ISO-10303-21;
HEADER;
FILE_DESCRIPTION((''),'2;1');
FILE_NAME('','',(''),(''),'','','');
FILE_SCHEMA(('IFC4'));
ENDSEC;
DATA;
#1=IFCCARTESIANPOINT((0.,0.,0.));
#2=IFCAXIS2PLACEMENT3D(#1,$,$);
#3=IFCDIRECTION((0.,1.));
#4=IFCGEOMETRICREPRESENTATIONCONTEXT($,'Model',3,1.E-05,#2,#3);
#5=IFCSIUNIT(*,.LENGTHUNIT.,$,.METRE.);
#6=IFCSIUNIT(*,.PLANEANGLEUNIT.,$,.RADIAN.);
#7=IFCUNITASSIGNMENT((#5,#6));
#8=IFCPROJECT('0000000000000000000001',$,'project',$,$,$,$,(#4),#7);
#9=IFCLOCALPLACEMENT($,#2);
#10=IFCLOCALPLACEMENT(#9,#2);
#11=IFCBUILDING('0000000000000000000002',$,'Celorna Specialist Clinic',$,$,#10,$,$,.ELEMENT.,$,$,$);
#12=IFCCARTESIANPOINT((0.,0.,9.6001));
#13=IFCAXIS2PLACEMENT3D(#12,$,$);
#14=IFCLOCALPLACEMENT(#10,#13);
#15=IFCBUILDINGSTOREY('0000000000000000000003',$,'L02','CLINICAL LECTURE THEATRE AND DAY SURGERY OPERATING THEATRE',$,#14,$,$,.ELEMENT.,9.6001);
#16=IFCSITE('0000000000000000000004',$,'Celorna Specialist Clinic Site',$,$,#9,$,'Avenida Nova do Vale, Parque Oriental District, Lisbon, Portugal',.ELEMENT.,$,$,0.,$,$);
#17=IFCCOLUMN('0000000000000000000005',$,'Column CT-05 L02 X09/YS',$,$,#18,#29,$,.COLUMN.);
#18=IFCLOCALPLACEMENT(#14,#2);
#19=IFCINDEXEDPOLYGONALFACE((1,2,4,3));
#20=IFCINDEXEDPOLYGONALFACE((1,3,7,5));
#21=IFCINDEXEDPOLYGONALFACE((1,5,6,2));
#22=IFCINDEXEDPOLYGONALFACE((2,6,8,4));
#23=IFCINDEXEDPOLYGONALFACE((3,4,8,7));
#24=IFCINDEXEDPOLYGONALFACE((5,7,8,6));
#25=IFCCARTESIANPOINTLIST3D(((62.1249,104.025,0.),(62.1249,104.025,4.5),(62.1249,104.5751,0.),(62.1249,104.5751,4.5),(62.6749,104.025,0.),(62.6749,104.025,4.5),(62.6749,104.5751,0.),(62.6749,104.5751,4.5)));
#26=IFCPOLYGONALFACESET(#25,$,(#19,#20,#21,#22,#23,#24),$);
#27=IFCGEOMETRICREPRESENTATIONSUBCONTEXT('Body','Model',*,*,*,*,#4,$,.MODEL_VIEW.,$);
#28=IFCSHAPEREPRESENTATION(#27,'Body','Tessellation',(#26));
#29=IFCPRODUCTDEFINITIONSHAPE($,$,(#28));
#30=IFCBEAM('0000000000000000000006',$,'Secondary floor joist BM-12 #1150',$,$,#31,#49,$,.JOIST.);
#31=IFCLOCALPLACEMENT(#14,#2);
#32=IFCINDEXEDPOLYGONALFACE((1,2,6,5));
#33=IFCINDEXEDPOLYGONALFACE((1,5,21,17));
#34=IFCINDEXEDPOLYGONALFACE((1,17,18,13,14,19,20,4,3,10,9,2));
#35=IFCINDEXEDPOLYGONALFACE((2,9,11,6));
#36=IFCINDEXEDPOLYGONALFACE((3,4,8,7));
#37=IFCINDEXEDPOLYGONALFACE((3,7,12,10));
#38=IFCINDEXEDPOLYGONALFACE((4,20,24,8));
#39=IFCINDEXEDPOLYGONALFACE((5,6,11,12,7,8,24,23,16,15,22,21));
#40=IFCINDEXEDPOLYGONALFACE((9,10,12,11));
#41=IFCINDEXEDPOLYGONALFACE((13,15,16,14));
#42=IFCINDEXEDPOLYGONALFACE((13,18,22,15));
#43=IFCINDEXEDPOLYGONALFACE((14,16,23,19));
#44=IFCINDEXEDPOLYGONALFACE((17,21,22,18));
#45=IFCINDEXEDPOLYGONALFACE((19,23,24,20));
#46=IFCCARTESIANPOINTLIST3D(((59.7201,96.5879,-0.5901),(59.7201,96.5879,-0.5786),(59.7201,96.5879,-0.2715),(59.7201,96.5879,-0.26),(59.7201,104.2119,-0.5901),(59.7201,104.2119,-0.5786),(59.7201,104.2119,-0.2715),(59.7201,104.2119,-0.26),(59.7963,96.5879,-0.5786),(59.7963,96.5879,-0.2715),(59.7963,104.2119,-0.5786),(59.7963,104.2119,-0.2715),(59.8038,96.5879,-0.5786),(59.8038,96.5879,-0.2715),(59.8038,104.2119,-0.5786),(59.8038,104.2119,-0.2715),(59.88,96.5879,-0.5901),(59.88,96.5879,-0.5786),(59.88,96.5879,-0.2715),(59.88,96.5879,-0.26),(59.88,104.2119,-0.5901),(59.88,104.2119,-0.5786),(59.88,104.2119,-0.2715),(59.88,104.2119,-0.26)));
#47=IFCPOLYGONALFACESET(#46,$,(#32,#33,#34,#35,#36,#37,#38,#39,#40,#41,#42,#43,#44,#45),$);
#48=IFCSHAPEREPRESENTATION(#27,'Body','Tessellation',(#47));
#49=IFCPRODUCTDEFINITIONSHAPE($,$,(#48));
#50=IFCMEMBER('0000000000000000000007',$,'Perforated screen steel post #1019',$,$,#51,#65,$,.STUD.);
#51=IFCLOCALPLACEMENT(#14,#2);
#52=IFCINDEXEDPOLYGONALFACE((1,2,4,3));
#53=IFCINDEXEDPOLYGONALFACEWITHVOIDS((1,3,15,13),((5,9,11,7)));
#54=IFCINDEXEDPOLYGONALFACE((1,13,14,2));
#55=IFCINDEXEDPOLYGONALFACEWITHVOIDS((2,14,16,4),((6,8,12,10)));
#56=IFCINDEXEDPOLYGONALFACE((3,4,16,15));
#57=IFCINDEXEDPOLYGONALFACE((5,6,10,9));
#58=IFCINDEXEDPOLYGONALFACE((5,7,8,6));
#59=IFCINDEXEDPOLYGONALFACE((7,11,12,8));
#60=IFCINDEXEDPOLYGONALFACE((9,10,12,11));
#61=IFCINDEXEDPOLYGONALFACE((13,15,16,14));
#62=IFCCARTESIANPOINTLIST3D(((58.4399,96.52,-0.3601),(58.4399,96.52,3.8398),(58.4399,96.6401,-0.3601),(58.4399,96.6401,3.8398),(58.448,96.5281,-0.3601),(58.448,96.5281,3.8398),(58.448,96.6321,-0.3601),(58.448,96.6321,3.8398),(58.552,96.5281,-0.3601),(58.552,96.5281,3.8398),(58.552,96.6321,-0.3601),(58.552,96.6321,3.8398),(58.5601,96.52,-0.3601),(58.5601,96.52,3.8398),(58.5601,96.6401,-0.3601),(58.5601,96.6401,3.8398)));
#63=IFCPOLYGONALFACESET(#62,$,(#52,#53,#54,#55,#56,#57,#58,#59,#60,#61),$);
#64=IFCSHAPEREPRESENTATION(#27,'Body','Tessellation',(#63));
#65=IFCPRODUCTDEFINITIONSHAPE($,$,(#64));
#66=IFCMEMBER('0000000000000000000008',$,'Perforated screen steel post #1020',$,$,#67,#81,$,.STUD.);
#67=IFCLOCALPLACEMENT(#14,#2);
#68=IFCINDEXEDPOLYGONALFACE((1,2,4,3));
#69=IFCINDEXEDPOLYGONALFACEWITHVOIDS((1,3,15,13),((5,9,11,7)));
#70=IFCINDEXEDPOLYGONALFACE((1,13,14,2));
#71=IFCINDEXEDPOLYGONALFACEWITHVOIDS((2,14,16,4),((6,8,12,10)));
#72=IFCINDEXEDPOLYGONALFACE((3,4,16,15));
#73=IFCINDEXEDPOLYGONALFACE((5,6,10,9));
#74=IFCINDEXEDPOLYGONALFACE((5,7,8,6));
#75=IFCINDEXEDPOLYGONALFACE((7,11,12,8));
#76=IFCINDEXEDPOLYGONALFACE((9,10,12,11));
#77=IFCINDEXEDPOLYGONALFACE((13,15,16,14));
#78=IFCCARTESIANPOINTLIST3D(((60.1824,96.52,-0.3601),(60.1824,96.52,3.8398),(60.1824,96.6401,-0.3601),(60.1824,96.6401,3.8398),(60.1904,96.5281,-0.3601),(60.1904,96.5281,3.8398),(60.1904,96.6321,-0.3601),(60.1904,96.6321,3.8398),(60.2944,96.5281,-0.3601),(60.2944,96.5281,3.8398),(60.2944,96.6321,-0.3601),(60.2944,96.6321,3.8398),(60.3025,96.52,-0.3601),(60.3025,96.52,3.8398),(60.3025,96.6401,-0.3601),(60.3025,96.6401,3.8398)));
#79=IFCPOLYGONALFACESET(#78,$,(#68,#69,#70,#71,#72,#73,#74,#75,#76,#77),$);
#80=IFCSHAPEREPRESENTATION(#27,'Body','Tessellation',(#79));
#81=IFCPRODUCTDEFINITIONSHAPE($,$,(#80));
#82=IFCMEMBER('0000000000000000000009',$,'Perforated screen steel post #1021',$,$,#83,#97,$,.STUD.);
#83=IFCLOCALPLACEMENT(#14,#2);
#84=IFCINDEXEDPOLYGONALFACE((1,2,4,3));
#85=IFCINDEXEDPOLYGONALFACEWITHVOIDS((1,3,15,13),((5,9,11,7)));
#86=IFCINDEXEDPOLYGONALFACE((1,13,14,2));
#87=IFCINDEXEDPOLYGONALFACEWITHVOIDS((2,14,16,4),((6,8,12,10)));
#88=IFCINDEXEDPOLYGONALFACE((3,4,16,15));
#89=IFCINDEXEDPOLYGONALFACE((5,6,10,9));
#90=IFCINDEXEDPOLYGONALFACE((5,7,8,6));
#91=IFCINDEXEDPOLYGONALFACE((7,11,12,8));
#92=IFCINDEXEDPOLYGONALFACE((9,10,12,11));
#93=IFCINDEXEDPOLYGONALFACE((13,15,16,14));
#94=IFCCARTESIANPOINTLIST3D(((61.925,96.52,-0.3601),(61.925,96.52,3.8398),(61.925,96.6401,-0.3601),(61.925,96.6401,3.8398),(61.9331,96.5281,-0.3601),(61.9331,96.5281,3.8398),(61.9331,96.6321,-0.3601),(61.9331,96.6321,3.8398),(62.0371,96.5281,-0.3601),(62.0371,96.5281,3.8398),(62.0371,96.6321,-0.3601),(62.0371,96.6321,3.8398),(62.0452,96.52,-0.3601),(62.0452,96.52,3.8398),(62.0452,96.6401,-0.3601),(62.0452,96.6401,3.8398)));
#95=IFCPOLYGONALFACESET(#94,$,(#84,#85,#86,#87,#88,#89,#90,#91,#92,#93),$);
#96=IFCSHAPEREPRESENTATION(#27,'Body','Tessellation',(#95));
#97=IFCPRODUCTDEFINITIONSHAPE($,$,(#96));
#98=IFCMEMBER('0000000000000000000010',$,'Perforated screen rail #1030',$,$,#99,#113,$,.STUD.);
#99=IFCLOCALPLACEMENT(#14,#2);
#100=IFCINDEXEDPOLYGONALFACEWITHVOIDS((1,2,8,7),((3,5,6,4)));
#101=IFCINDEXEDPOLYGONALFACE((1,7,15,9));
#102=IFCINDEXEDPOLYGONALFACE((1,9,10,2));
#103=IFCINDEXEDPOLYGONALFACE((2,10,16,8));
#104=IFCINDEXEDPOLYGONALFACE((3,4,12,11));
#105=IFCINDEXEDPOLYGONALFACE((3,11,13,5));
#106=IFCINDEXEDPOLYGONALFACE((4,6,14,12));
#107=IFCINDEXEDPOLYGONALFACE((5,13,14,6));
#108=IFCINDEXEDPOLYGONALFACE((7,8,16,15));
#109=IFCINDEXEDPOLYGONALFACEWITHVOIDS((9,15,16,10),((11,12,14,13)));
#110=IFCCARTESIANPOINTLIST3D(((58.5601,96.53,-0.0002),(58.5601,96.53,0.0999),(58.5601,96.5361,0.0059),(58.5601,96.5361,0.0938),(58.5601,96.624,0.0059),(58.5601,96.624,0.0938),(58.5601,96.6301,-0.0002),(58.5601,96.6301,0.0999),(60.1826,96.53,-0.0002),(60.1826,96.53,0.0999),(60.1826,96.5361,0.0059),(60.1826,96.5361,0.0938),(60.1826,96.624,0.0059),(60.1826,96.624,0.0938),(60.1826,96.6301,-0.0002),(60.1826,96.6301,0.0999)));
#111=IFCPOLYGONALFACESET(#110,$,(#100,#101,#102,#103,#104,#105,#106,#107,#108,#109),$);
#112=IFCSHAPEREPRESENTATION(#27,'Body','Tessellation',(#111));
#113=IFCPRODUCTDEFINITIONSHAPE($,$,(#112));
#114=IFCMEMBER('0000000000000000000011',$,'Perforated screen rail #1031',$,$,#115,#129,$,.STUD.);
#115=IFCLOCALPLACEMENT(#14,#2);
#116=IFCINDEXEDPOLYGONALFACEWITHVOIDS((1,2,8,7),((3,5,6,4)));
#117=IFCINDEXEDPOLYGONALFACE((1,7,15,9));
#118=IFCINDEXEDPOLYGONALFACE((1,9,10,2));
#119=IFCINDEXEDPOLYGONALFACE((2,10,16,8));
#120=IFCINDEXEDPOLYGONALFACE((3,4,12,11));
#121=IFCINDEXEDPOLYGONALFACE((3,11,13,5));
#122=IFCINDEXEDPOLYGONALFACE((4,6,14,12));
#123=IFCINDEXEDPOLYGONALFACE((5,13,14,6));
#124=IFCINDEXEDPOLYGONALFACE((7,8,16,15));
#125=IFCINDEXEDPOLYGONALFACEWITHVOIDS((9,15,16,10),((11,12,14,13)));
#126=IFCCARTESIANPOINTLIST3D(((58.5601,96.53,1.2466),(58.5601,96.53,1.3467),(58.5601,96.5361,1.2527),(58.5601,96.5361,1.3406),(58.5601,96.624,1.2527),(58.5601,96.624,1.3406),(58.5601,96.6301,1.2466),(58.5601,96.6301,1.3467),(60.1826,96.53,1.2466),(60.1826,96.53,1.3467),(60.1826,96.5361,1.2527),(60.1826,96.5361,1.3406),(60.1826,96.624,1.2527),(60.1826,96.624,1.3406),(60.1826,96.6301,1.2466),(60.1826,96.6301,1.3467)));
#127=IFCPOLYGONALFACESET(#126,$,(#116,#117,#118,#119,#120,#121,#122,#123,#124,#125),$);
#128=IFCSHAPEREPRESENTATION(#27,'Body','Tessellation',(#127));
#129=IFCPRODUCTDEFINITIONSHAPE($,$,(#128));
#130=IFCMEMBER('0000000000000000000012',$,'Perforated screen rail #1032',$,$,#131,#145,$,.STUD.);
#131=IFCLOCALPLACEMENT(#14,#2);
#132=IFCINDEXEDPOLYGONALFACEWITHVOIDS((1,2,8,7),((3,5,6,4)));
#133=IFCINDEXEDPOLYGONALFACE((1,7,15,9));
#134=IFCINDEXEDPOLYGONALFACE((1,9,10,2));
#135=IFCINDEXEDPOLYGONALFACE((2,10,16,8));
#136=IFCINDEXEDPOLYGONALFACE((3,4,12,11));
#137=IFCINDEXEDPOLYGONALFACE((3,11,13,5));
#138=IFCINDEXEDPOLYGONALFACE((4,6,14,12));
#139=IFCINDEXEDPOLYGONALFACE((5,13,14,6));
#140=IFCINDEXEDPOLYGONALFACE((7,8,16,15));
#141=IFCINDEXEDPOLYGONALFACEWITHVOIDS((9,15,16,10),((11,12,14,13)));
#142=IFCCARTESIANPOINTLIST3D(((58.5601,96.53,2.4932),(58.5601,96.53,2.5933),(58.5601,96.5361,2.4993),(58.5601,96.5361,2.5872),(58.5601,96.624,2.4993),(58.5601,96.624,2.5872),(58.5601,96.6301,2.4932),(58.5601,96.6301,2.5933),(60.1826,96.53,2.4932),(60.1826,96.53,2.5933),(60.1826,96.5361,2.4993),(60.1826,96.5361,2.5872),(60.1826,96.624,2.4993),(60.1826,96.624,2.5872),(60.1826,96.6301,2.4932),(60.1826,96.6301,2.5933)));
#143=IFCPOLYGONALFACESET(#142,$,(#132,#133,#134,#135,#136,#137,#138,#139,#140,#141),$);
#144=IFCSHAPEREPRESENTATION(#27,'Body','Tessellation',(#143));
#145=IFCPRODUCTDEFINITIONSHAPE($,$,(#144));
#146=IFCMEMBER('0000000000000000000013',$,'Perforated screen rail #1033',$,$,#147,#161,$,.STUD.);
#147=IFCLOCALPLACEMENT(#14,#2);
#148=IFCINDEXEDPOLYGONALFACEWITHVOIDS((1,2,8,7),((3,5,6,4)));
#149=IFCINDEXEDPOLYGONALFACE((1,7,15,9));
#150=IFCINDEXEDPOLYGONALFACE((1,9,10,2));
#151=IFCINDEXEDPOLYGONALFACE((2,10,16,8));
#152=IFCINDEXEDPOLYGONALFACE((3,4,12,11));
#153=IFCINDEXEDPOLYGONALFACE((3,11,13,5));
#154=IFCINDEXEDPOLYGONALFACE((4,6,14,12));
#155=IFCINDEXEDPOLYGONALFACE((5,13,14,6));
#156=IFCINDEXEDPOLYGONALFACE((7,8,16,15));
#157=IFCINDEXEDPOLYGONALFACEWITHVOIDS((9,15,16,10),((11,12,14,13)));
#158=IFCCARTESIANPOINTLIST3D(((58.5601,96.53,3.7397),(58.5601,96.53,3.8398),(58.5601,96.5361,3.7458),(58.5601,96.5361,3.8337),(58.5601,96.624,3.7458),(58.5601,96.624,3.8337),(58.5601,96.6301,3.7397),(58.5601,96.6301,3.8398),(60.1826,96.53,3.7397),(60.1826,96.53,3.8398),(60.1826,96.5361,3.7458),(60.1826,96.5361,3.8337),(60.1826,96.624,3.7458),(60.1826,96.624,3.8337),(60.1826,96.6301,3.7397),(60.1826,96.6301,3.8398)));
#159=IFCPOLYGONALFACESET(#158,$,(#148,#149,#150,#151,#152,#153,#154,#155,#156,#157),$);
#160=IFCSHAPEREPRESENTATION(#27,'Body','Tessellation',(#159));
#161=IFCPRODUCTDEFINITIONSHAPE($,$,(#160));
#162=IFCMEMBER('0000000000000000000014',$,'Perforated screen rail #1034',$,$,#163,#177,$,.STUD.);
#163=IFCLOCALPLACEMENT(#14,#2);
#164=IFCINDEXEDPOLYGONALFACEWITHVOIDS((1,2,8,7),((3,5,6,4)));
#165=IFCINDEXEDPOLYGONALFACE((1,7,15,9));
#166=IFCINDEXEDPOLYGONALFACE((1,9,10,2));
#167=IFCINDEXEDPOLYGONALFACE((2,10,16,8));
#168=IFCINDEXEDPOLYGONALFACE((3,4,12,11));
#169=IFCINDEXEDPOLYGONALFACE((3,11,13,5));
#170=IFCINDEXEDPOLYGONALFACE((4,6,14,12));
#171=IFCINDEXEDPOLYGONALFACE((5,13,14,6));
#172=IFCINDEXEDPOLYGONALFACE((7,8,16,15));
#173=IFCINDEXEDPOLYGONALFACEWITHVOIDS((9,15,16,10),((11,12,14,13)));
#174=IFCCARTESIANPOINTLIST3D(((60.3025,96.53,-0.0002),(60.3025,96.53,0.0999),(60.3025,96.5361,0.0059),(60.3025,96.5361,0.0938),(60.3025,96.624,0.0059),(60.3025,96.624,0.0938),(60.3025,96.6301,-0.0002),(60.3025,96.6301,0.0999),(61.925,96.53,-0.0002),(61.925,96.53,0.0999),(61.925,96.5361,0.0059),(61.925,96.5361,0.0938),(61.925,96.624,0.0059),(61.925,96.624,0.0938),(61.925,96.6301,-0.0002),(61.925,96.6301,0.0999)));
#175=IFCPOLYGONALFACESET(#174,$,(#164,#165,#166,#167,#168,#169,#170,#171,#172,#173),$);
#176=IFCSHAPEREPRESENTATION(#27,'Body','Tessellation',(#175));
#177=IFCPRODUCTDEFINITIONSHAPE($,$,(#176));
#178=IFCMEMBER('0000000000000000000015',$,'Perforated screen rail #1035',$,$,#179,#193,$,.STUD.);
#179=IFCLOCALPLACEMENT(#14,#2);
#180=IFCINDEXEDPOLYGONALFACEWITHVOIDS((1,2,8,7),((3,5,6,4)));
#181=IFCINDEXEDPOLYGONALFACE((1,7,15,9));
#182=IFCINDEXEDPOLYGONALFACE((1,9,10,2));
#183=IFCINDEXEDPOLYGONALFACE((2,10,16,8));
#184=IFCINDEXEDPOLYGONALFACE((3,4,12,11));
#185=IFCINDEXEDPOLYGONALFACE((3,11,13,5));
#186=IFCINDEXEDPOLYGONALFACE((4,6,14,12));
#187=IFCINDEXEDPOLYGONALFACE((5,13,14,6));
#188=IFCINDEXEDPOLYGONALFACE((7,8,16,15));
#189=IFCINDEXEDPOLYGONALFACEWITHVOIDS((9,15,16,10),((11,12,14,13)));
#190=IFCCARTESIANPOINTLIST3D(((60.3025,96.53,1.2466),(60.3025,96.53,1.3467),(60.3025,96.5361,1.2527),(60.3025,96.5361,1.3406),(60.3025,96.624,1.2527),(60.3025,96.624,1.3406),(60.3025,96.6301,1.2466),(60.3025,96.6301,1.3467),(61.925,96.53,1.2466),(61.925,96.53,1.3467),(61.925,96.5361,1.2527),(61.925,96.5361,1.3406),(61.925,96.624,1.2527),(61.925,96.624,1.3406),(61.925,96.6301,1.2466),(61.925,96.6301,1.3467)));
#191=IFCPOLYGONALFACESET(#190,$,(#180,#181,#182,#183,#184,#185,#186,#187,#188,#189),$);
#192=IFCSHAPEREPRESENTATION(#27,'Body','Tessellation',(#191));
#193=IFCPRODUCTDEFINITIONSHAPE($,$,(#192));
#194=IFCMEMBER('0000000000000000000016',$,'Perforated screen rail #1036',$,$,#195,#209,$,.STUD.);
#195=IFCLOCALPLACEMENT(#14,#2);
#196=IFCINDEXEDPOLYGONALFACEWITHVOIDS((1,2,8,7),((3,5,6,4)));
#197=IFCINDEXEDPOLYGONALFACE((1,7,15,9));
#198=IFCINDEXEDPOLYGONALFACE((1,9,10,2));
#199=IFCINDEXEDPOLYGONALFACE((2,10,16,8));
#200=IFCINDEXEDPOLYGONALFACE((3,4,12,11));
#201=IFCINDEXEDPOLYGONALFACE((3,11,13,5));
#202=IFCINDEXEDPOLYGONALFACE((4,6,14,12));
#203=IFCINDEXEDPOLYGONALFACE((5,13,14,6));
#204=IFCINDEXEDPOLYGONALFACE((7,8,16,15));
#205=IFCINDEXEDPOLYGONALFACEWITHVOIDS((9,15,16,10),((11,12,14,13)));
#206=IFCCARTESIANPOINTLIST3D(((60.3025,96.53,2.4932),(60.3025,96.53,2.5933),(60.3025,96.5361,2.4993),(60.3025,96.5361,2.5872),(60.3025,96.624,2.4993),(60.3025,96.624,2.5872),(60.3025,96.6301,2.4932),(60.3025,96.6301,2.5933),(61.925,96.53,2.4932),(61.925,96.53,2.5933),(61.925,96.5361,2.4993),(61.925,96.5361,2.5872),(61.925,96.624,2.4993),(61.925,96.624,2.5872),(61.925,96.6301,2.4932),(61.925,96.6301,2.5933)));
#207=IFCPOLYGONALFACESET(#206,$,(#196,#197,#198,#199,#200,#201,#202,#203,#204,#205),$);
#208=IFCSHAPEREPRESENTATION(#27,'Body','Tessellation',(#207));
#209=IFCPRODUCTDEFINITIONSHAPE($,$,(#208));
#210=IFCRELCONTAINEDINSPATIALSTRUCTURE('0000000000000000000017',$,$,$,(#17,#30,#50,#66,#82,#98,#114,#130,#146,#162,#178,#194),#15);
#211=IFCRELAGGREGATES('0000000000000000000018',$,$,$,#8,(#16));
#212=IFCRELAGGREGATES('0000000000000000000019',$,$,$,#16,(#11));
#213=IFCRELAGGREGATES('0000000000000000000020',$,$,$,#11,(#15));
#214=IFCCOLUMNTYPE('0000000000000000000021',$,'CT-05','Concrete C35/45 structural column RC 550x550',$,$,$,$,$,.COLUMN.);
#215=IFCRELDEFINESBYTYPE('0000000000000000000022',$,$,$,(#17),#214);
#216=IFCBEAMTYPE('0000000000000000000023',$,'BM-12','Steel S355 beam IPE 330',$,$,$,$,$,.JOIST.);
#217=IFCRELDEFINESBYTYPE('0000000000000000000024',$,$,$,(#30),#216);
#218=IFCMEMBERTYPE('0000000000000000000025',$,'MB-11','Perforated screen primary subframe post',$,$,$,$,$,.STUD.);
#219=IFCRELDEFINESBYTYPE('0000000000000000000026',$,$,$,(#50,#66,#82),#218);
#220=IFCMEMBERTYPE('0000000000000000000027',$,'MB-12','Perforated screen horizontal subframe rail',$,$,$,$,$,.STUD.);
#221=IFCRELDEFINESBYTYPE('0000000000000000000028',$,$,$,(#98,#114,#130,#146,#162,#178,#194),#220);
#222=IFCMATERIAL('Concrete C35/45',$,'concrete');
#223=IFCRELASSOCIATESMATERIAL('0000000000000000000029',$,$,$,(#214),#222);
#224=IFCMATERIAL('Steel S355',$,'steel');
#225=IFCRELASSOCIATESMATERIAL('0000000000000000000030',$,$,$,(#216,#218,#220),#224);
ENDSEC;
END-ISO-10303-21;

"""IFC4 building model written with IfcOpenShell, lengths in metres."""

from ifc_helpers import new_model, si_unit, direction, frame, origin, origin_2d, place, context, subcontext, project, spatial, rectangle, hollow_rectangle, i_section, extrude, material, material_profile, profile_set, type_object, element, save


model = new_model("IFC4")

# Units and contexts
model_context = context("Model", 3, precision=1e-05, world=origin(), true_north=direction((0.0, 1.0)))
body_context = subcontext(model_context, "Body", "Model", "MODEL_VIEW")
ifc_project = project(units=[si_unit("LENGTHUNIT", "METRE"), si_unit("PLANEANGLEUNIT", "RADIAN")], contexts=[model_context])

# Site, building, storey
site_placement = place(None, origin())
site = spatial("IfcSite", under=ifc_project, at=site_placement, Name="Celorna Specialist Clinic Site", LongName="Avenida Nova do Vale, Parque Oriental District, Lisbon, Portugal", CompositionType="ELEMENT", RefElevation=0.0)
building_placement = place(site_placement, origin())
building = spatial("IfcBuilding", under=site, at=building_placement, Name="Celorna Specialist Clinic", CompositionType="ELEMENT")
storey_placement = place(building_placement, frame((0.0, 0.0, 9.6001)))
storey = spatial("IfcBuildingStorey", under=building, at=storey_placement, Name="L02", Description="CLINICAL LECTURE THEATRE AND DAY SURGERY OPERATING THEATRE", CompositionType="ELEMENT", Elevation=9.6001)

# Column
ifc_material_1 = material(Name="Concrete C35/45", Category="concrete")
ifc_material_profile_1 = material_profile(ifc_material_1, rectangle(XDim=0.55, YDim=0.55, at=origin_2d()), Name="RC 550x550")
ifc_profile_set_1 = profile_set([ifc_material_profile_1], Name="Concrete C35/45")
column_type = type_object("IfcColumnType", Name="CT-05", Description="Concrete C35/45 structural column RC 550x550", PredefinedType="COLUMN", material=ifc_profile_set_1)
column_placement = place(storey_placement, frame((62.3999, 104.3, 0.0), z_axis=(0.0, 0.0, 1.0), x_axis=(1.0, 0.0, 0.0)))
element("IfcColumn", 1, at=column_placement, inside=storey, type_object=column_type, Name="Column CT-05 L02 X09/YS", PredefinedType="COLUMN", context=body_context, shape_type="SweptSolid", body=[
    extrude(rectangle(XDim=0.55, YDim=0.55, at=origin_2d()), origin(), (0.0, 0.0, 1.0), 4.5),
])

# Beam
ifc_material_2 = material(Name="Steel S355", Category="steel")
ifc_material_profile_2 = material_profile(ifc_material_2, i_section(OverallWidth=0.1599, OverallDepth=0.3301, WebThickness=0.0076, FlangeThickness=0.0115, at=origin_2d()), Name="IPE 330")
ifc_profile_set_2 = profile_set([ifc_material_profile_2], Name="Steel S355")
beam_type = type_object("IfcBeamType", Name="BM-12", Description="Steel S355 beam IPE 330", PredefinedType="JOIST", material=ifc_profile_set_2)
beam_placement = place(storey_placement, frame((59.8, 96.5879, -0.425), z_axis=(0.0, 1.0, 0.0), x_axis=(-1.0, 0.0, 0.0)))
element("IfcBeam", 2, at=beam_placement, inside=storey, type_object=beam_type, Name="Secondary floor joist BM-12 #1150", PredefinedType="JOIST", context=body_context, shape_type="SweptSolid", body=[
    extrude(i_section(OverallWidth=0.1599, OverallDepth=0.3301, WebThickness=0.0076, FlangeThickness=0.0115, at=origin_2d()), origin(), (0.0, 0.0, 1.0), 7.624),
])

# Members
ifc_material_profile_3 = material_profile(ifc_material_2, hollow_rectangle(XDim=0.1201, YDim=0.1201, WallThickness=0.0081, at=origin_2d()), Name="SHS 120x120x8")
ifc_profile_set_3 = profile_set([ifc_material_profile_3], Name="Steel S355")
member_type_1 = type_object("IfcMemberType", Name="MB-11", Description="Perforated screen primary subframe post", PredefinedType="STUD", material=ifc_profile_set_3)
for number, where, z_axis, x_axis, name in (
    (3, (58.5, 96.5801, -0.3601), (0.0, 0.0, 1.0), (1.0, 0.0, 0.0), "Perforated screen steel post #1019"),
    (4, (60.2424, 96.5801, -0.3601), (0.0, 0.0, 1.0), (1.0, 0.0, 0.0), "Perforated screen steel post #1020"),
    (5, (61.9851, 96.5801, -0.3601), (0.0, 0.0, 1.0), (1.0, 0.0, 0.0), "Perforated screen steel post #1021"),
):
    element("IfcMember", number, at=place(storey_placement, frame(where, z_axis=z_axis, x_axis=x_axis)), inside=storey, type_object=member_type_1, Name=name, PredefinedType="STUD", context=body_context, shape_type="SweptSolid", body=[
        extrude(hollow_rectangle(XDim=0.1201, YDim=0.1201, WallThickness=0.0081, at=origin_2d()), origin(), (0.0, 0.0, 1.0), 4.2),
    ])
ifc_material_profile_4 = material_profile(ifc_material_2, hollow_rectangle(XDim=0.1001, YDim=0.1001, WallThickness=0.0061, at=origin_2d()), Name="SHS 100x100x6")
ifc_profile_set_4 = profile_set([ifc_material_profile_4], Name="Steel S355")
member_type_2 = type_object("IfcMemberType", Name="MB-12", Description="Perforated screen horizontal subframe rail", PredefinedType="STUD", material=ifc_profile_set_4)
for number, where, z_axis, x_axis, name in (
    (6, (58.5601, 96.5801, 0.0498), (1.0, 0.0, 0.0), (0.0, 1.0, 0.0), "Perforated screen rail #1030"),
    (7, (58.5601, 96.5801, 1.2966), (1.0, 0.0, 0.0), (0.0, 1.0, 0.0), "Perforated screen rail #1031"),
    (8, (58.5601, 96.5801, 2.5432), (1.0, 0.0, 0.0), (0.0, 1.0, 0.0), "Perforated screen rail #1032"),
    (9, (58.5601, 96.5801, 3.7898), (1.0, 0.0, 0.0), (0.0, 1.0, 0.0), "Perforated screen rail #1033"),
    (10, (60.3025, 96.5801, 0.0498), (1.0, 0.0, 0.0), (0.0, 1.0, 0.0), "Perforated screen rail #1034"),
    (11, (60.3025, 96.5801, 1.2966), (1.0, 0.0, 0.0), (0.0, 1.0, 0.0), "Perforated screen rail #1035"),
    (12, (60.3025, 96.5801, 2.5432), (1.0, 0.0, 0.0), (0.0, 1.0, 0.0), "Perforated screen rail #1036"),
):
    element("IfcMember", number, at=place(storey_placement, frame(where, z_axis=z_axis, x_axis=x_axis)), inside=storey, type_object=member_type_2, Name=name, PredefinedType="STUD", context=body_context, shape_type="SweptSolid", body=[
        extrude(hollow_rectangle(XDim=0.1001, YDim=0.1001, WallThickness=0.0061, at=origin_2d()), origin(), (0.0, 0.0, 1.0), 1.6226),
    ])

save(model, "model.ifc")
